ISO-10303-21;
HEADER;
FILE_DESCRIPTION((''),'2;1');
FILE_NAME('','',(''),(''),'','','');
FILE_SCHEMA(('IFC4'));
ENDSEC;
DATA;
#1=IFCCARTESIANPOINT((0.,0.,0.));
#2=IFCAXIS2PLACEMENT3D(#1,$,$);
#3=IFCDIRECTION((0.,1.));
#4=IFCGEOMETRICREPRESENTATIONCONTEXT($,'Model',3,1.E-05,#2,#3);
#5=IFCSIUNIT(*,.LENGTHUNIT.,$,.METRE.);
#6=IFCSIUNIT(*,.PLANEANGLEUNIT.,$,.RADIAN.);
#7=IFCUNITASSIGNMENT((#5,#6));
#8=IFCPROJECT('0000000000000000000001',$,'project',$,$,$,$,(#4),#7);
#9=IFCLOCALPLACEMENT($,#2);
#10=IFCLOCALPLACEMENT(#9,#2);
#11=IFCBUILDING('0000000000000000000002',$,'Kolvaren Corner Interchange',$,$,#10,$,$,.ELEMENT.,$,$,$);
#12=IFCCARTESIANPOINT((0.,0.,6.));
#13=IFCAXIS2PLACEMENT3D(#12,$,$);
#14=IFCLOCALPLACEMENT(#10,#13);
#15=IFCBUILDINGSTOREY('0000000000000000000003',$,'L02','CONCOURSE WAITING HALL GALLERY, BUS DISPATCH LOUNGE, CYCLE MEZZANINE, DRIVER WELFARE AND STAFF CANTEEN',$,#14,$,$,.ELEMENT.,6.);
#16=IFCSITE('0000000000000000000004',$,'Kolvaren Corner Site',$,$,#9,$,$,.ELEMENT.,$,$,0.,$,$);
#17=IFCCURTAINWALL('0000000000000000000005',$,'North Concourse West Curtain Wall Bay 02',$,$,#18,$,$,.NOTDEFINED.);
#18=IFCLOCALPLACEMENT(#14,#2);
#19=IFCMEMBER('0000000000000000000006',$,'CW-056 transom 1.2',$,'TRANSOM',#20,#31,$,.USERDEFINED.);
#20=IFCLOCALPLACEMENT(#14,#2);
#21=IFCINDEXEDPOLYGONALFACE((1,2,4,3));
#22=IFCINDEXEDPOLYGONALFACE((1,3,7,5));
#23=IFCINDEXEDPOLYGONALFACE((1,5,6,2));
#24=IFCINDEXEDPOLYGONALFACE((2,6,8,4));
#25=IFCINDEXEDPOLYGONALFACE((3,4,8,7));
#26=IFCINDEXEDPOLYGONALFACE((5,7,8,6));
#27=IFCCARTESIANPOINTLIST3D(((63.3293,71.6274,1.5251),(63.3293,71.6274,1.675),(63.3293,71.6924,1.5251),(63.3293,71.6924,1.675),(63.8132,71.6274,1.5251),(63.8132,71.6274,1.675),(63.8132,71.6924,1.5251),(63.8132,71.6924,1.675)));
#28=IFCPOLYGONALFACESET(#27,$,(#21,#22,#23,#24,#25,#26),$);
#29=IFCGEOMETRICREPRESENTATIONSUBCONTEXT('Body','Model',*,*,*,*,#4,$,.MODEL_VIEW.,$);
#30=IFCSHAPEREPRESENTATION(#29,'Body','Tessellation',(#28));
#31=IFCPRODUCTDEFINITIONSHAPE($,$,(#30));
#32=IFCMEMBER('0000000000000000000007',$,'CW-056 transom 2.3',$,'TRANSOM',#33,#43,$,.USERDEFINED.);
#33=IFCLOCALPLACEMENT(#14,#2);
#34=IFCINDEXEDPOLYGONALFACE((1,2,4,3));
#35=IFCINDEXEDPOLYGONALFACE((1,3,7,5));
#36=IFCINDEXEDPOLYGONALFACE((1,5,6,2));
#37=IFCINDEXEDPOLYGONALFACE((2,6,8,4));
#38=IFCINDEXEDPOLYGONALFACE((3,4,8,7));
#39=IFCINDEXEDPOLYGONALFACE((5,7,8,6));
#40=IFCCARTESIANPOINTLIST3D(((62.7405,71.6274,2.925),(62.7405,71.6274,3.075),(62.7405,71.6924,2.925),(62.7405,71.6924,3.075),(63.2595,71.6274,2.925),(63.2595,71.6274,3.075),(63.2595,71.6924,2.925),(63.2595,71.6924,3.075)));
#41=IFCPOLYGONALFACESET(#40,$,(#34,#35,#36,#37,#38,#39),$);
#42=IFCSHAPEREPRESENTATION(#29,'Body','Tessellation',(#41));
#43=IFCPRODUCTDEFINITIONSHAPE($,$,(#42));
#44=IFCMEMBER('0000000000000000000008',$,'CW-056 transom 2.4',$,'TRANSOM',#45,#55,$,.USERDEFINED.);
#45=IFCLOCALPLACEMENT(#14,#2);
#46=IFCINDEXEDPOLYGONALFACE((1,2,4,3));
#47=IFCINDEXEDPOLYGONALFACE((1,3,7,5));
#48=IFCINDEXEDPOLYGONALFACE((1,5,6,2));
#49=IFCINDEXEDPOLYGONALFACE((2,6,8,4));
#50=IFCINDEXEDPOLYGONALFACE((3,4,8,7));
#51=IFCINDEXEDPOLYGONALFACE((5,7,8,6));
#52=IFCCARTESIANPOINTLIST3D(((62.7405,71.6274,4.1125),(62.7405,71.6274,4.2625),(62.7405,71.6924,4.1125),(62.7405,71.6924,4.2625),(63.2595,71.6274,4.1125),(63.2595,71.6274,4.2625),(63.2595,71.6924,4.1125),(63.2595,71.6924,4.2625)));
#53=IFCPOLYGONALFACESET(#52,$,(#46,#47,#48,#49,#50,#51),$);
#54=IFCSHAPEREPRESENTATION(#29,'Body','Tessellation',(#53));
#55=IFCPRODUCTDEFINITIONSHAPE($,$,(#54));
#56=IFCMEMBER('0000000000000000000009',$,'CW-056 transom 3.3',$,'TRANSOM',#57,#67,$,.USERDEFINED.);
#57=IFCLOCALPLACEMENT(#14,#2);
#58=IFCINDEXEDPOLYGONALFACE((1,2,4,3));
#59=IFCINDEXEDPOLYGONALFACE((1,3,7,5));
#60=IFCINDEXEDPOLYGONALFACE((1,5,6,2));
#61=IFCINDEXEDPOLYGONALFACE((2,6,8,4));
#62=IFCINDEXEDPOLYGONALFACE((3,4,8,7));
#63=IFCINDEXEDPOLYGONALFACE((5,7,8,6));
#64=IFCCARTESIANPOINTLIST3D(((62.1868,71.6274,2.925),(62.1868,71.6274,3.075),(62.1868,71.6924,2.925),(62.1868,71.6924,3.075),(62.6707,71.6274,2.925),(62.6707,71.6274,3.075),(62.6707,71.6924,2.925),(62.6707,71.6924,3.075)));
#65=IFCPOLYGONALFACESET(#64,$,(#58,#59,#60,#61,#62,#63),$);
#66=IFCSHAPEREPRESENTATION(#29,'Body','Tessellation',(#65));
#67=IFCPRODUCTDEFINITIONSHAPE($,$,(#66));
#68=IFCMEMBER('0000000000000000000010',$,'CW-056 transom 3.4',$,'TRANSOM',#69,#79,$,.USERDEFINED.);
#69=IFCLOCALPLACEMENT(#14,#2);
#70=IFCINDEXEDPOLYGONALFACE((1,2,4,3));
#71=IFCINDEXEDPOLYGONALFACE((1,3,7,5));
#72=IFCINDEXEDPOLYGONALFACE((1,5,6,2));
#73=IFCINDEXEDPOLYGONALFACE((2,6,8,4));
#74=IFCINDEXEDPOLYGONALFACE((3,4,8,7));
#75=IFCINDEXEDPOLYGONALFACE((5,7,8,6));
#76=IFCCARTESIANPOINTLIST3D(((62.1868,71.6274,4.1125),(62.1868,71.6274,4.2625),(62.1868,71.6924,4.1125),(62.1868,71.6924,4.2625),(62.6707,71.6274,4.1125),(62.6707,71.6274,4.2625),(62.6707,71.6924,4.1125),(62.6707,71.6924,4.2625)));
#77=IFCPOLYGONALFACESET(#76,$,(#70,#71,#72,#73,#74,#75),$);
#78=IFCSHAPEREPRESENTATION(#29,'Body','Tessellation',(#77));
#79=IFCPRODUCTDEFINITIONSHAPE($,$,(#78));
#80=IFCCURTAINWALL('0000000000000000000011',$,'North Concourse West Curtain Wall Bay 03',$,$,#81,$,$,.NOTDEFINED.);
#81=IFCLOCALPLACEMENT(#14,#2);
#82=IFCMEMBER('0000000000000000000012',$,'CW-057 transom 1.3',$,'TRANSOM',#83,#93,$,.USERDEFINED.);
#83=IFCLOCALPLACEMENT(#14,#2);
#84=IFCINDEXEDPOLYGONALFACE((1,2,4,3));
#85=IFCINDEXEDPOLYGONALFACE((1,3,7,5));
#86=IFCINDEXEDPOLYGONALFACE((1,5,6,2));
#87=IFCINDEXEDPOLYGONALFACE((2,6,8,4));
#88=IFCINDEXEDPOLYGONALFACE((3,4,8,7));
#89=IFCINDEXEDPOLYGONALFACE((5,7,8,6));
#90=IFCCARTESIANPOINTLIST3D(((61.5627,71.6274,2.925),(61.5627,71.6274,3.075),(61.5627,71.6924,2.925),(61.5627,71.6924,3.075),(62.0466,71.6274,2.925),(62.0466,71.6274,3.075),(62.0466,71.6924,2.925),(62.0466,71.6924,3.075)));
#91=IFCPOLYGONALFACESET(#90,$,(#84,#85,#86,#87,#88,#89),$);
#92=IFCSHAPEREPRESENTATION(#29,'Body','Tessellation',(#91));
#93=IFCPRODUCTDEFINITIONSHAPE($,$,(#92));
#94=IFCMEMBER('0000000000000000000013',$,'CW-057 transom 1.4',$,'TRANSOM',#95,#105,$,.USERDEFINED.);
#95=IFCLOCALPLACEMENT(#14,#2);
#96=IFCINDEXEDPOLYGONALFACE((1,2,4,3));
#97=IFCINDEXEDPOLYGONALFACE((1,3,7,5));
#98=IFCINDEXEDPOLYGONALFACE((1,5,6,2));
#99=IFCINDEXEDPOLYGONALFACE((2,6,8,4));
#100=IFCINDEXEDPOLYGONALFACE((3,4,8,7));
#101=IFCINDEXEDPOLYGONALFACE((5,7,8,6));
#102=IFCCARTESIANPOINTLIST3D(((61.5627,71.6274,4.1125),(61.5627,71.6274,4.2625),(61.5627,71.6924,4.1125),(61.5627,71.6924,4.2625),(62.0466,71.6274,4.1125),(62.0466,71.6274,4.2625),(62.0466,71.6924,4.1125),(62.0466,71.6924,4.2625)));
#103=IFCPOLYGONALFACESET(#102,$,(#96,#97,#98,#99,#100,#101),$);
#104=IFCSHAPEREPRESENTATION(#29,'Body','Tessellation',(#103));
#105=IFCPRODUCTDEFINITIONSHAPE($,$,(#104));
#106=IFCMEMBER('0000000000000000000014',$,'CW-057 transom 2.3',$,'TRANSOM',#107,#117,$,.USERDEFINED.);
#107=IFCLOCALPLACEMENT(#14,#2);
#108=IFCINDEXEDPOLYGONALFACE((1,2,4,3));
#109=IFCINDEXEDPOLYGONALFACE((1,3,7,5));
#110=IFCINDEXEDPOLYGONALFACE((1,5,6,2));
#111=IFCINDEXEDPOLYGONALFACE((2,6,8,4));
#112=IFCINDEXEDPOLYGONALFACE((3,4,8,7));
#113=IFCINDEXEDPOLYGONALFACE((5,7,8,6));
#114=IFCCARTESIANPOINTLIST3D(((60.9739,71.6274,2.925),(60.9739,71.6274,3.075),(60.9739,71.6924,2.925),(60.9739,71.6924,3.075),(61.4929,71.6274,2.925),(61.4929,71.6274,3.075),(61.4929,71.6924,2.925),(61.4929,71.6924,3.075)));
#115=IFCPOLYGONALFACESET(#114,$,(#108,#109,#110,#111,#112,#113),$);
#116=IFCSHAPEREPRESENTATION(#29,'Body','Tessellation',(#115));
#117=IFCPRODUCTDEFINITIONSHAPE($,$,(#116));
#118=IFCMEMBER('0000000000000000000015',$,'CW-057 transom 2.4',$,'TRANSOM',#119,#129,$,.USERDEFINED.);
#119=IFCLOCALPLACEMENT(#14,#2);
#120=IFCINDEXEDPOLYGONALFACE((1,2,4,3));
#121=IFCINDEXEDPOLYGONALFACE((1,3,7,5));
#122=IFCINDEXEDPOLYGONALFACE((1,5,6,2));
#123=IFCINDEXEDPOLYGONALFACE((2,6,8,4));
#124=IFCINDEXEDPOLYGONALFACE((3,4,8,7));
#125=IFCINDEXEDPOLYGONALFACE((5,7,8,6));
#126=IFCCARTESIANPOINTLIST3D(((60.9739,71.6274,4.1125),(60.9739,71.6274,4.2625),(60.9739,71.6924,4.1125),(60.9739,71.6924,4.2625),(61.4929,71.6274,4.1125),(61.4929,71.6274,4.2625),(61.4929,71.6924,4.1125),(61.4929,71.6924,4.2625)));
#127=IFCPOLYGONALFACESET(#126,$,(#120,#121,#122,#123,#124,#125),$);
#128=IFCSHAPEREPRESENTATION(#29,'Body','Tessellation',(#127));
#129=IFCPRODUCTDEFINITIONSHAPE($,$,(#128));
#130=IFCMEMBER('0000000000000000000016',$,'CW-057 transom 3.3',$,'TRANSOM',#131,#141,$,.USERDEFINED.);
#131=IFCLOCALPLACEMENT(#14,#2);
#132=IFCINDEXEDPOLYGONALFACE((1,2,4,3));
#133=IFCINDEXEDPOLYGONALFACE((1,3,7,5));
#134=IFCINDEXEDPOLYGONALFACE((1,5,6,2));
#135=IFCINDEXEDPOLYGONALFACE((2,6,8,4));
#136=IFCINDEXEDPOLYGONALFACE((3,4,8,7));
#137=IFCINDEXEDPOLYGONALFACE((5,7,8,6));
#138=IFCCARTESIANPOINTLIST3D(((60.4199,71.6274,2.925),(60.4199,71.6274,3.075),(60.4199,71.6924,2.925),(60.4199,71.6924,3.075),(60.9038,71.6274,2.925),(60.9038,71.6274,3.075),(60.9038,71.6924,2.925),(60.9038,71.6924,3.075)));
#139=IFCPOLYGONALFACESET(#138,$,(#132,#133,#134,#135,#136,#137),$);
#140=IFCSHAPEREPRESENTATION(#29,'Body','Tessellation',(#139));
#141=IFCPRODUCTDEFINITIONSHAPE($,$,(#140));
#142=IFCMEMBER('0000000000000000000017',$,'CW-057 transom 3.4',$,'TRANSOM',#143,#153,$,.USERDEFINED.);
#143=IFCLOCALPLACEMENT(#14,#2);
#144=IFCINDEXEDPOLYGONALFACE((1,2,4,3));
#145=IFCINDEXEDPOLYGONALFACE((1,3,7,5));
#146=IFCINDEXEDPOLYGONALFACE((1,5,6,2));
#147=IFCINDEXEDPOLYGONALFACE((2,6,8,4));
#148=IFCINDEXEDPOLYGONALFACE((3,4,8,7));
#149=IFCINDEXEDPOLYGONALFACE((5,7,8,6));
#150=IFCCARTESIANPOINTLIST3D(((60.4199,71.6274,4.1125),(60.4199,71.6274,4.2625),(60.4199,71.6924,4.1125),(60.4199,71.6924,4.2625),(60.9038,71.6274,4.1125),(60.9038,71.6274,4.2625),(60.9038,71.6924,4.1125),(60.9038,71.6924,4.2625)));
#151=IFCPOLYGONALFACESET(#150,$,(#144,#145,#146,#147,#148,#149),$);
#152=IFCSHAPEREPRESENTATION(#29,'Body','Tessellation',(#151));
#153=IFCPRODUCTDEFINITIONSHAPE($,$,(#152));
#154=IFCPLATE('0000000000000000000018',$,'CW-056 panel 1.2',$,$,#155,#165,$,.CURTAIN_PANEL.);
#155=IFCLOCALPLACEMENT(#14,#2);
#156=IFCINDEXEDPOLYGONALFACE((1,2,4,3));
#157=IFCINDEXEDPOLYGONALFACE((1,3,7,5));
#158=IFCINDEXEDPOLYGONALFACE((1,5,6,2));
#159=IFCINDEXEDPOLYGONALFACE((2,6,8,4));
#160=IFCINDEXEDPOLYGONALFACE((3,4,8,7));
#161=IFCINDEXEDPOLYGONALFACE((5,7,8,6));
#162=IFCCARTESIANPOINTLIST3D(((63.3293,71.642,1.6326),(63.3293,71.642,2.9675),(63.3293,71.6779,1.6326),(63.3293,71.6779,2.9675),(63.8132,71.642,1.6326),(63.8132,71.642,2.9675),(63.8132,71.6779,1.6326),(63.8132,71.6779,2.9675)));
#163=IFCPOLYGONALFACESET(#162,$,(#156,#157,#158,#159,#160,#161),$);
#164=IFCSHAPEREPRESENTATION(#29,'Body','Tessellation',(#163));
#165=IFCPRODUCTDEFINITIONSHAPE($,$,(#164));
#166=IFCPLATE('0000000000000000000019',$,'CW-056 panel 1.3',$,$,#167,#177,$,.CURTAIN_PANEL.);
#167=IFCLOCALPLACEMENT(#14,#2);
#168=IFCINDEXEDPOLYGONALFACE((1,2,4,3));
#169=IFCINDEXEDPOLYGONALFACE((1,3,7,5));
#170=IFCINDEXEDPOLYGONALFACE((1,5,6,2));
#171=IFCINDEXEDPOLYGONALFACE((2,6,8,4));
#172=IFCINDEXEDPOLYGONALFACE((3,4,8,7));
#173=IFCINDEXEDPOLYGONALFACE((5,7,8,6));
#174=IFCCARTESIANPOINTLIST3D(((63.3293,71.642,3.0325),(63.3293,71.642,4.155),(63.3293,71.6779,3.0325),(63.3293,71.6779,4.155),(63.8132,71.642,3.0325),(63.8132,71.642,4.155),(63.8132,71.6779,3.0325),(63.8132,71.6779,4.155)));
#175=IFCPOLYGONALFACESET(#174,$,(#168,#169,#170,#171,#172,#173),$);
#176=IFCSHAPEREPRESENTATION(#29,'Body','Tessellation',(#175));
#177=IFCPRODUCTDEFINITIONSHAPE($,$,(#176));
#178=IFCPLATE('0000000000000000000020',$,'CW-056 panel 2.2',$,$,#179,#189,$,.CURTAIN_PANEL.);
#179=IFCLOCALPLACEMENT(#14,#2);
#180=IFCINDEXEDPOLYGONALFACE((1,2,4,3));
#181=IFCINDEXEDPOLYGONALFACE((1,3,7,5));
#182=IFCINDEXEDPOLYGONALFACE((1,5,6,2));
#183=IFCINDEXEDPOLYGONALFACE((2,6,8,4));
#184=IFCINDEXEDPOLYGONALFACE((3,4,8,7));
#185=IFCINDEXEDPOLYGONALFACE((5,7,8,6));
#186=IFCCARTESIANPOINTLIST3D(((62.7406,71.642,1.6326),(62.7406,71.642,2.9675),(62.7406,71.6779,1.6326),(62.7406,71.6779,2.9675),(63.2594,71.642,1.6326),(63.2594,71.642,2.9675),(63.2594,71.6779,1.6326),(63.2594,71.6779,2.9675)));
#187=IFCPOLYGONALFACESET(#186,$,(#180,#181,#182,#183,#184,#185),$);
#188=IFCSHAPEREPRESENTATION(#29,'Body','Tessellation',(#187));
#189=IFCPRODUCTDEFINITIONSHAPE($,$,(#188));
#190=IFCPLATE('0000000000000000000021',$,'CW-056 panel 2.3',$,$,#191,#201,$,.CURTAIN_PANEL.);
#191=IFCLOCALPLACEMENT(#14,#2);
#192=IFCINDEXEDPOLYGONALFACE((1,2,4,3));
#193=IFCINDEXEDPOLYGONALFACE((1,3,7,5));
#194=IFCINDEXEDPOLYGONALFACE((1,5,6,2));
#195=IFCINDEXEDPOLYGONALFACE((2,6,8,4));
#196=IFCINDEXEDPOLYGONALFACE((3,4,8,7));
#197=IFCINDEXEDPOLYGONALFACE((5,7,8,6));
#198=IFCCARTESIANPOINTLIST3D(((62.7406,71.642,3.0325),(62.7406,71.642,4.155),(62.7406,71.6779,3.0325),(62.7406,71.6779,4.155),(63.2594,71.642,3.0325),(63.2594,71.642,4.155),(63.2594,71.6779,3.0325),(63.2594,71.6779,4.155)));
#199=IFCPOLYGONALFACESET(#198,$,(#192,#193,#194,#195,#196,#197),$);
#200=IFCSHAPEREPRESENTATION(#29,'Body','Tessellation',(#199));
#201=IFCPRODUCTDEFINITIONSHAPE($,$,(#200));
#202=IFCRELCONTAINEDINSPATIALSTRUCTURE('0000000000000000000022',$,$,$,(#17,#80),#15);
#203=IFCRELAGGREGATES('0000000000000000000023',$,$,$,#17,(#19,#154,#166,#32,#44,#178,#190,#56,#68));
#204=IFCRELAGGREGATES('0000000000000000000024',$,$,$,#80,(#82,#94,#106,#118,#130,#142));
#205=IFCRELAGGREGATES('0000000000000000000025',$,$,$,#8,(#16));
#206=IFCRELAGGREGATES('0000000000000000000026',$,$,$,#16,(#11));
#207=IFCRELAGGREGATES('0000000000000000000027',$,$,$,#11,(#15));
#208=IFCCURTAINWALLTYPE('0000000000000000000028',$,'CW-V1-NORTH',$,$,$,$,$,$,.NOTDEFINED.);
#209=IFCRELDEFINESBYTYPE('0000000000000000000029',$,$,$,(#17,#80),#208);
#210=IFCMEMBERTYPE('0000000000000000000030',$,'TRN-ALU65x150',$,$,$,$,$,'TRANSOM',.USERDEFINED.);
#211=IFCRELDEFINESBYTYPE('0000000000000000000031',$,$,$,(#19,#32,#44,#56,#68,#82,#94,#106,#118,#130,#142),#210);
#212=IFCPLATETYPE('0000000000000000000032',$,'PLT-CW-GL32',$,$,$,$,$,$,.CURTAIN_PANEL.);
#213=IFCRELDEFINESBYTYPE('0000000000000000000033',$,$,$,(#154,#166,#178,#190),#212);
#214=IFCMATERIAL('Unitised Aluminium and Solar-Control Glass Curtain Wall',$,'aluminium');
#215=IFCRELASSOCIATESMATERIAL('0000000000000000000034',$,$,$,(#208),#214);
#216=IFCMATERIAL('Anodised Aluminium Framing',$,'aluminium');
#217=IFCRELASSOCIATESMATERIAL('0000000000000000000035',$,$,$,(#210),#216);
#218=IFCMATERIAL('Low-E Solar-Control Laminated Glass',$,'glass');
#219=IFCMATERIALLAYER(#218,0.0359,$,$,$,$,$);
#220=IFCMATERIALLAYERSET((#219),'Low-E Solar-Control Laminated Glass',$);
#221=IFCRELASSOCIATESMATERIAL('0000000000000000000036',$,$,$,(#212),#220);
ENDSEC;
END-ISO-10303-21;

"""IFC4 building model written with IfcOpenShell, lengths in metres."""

from ifc_helpers import new_model, si_unit, direction, frame, origin, origin_2d, place, context, subcontext, project, spatial, rectangle, extrude, material, layer, layer_set, material_profile, profile_set, type_object, element, aggregate, save


model = new_model("IFC4")

# Units and contexts
model_context = context("Model", 3, precision=1e-05, world=origin(), true_north=direction((0.0, 1.0)))
body_context = subcontext(model_context, "Body", "Model", "MODEL_VIEW")
ifc_project = project(units=[si_unit("LENGTHUNIT", "METRE"), si_unit("PLANEANGLEUNIT", "RADIAN")], contexts=[model_context])

# Site, building, storey
site_placement = place(None, origin())
site = spatial("IfcSite", under=ifc_project, at=site_placement, Name="Kolvaren Corner Site", CompositionType="ELEMENT", RefElevation=0.0)
building_placement = place(site_placement, origin())
building = spatial("IfcBuilding", under=site, at=building_placement, Name="Kolvaren Corner Interchange", CompositionType="ELEMENT")
storey_placement = place(building_placement, frame((0.0, 0.0, 6.0)))
storey = spatial("IfcBuildingStorey", under=building, at=storey_placement, Name="L02", Description="CONCOURSE WAITING HALL GALLERY, BUS DISPATCH LOUNGE, CYCLE MEZZANINE, DRIVER WELFARE AND STAFF CANTEEN", CompositionType="ELEMENT", Elevation=6.0)

# Curtain walls, members
ifc_material_1 = material(Name="Unitised Aluminium and Solar-Control Glass Curtain Wall", Category="aluminium")
curtain_wall_type = type_object("IfcCurtainWallType", Name="CW-V1-NORTH", PredefinedType="NOTDEFINED", material=ifc_material_1)
curtain_wall_1_placement = place(storey_placement, origin())
curtain_wall_1 = element("IfcCurtainWall", 1, at=curtain_wall_1_placement, inside=storey, type_object=curtain_wall_type, Name="North Concourse West Curtain Wall Bay 02", PredefinedType="NOTDEFINED")
ifc_material_2 = material(Name="Anodised Aluminium Framing", Category="aluminium")
ifc_material_profile = material_profile(ifc_material_2, rectangle(XDim=0.0649, YDim=0.1499, at=origin_2d()), Name="ALU 65x150")
ifc_profile_set = profile_set([ifc_material_profile], Name="Anodised Aluminium Framing")
member_type = type_object("IfcMemberType", Name="TRN-ALU65x150", ElementType="TRANSOM", PredefinedType="USERDEFINED", material=ifc_profile_set)
member_1_placement = place(storey_placement, frame((63.8132, 71.6599, 1.6001), z_axis=(-1.0, 0.0, 0.0), x_axis=(0.0, -1.0, 0.0)))
member_1 = element("IfcMember", 2, at=member_1_placement, type_object=member_type, Name="CW-056 transom 1.2", ObjectType="TRANSOM", PredefinedType="USERDEFINED", context=body_context, shape_type="SweptSolid", body=[
    extrude(rectangle(XDim=0.0649, YDim=0.1499, at=origin_2d()), origin(), (0.0, 0.0, 1.0), 0.4839),
])
member_2_placement = place(storey_placement, frame((63.2595, 71.6599, 3.0), z_axis=(-1.0, 0.0, 0.0), x_axis=(0.0, -1.0, 0.0)))
member_2 = element("IfcMember", 3, at=member_2_placement, type_object=member_type, Name="CW-056 transom 2.3", ObjectType="TRANSOM", PredefinedType="USERDEFINED", context=body_context, shape_type="SweptSolid", body=[
    extrude(rectangle(XDim=0.0649, YDim=0.1499, at=origin_2d()), origin(), (0.0, 0.0, 1.0), 0.519),
])
member_3_placement = place(storey_placement, frame((63.2595, 71.6599, 4.1875), z_axis=(-1.0, 0.0, 0.0), x_axis=(0.0, -1.0, 0.0)))
member_3 = element("IfcMember", 4, at=member_3_placement, type_object=member_type, Name="CW-056 transom 2.4", ObjectType="TRANSOM", PredefinedType="USERDEFINED", context=body_context, shape_type="SweptSolid", body=[
    extrude(rectangle(XDim=0.0649, YDim=0.1499, at=origin_2d()), origin(), (0.0, 0.0, 1.0), 0.519),
])
member_4_placement = place(storey_placement, frame((62.6707, 71.6599, 3.0), z_axis=(-1.0, 0.0, 0.0), x_axis=(0.0, -1.0, 0.0)))
member_4 = element("IfcMember", 5, at=member_4_placement, type_object=member_type, Name="CW-056 transom 3.3", ObjectType="TRANSOM", PredefinedType="USERDEFINED", context=body_context, shape_type="SweptSolid", body=[
    extrude(rectangle(XDim=0.0649, YDim=0.1499, at=origin_2d()), origin(), (0.0, 0.0, 1.0), 0.4839),
])
member_5_placement = place(storey_placement, frame((62.6707, 71.6599, 4.1875), z_axis=(-1.0, 0.0, 0.0), x_axis=(0.0, -1.0, 0.0)))
member_5 = element("IfcMember", 6, at=member_5_placement, type_object=member_type, Name="CW-056 transom 3.4", ObjectType="TRANSOM", PredefinedType="USERDEFINED", context=body_context, shape_type="SweptSolid", body=[
    extrude(rectangle(XDim=0.0649, YDim=0.1499, at=origin_2d()), origin(), (0.0, 0.0, 1.0), 0.4839),
])
curtain_wall_2_placement = place(storey_placement, origin())
curtain_wall_2 = element("IfcCurtainWall", 7, at=curtain_wall_2_placement, inside=storey, type_object=curtain_wall_type, Name="North Concourse West Curtain Wall Bay 03", PredefinedType="NOTDEFINED")
member_6_placement = place(storey_placement, frame((62.0466, 71.6599, 3.0), z_axis=(-1.0, 0.0, 0.0), x_axis=(0.0, -1.0, 0.0)))
member_6 = element("IfcMember", 8, at=member_6_placement, type_object=member_type, Name="CW-057 transom 1.3", ObjectType="TRANSOM", PredefinedType="USERDEFINED", context=body_context, shape_type="SweptSolid", body=[
    extrude(rectangle(XDim=0.0649, YDim=0.1499, at=origin_2d()), origin(), (0.0, 0.0, 1.0), 0.4839),
])
member_7_placement = place(storey_placement, frame((62.0466, 71.6599, 4.1875), z_axis=(-1.0, 0.0, 0.0), x_axis=(0.0, -1.0, 0.0)))
member_7 = element("IfcMember", 9, at=member_7_placement, type_object=member_type, Name="CW-057 transom 1.4", ObjectType="TRANSOM", PredefinedType="USERDEFINED", context=body_context, shape_type="SweptSolid", body=[
    extrude(rectangle(XDim=0.0649, YDim=0.1499, at=origin_2d()), origin(), (0.0, 0.0, 1.0), 0.4839),
])
member_8_placement = place(storey_placement, frame((61.4929, 71.6599, 3.0), z_axis=(-1.0, 0.0, 0.0), x_axis=(0.0, -1.0, 0.0)))
member_8 = element("IfcMember", 10, at=member_8_placement, type_object=member_type, Name="CW-057 transom 2.3", ObjectType="TRANSOM", PredefinedType="USERDEFINED", context=body_context, shape_type="SweptSolid", body=[
    extrude(rectangle(XDim=0.0649, YDim=0.1499, at=origin_2d()), origin(), (0.0, 0.0, 1.0), 0.519),
])
member_9_placement = place(storey_placement, frame((61.4929, 71.6599, 4.1875), z_axis=(-1.0, 0.0, 0.0), x_axis=(0.0, -1.0, 0.0)))
member_9 = element("IfcMember", 11, at=member_9_placement, type_object=member_type, Name="CW-057 transom 2.4", ObjectType="TRANSOM", PredefinedType="USERDEFINED", context=body_context, shape_type="SweptSolid", body=[
    extrude(rectangle(XDim=0.0649, YDim=0.1499, at=origin_2d()), origin(), (0.0, 0.0, 1.0), 0.519),
])
member_10_placement = place(storey_placement, frame((60.9038, 71.6599, 3.0), z_axis=(-1.0, 0.0, 0.0), x_axis=(0.0, -1.0, 0.0)))
member_10 = element("IfcMember", 12, at=member_10_placement, type_object=member_type, Name="CW-057 transom 3.3", ObjectType="TRANSOM", PredefinedType="USERDEFINED", context=body_context, shape_type="SweptSolid", body=[
    extrude(rectangle(XDim=0.0649, YDim=0.1499, at=origin_2d()), origin(), (0.0, 0.0, 1.0), 0.4839),
])
member_11_placement = place(storey_placement, frame((60.9038, 71.6599, 4.1875), z_axis=(-1.0, 0.0, 0.0), x_axis=(0.0, -1.0, 0.0)))
member_11 = element("IfcMember", 13, at=member_11_placement, type_object=member_type, Name="CW-057 transom 3.4", ObjectType="TRANSOM", PredefinedType="USERDEFINED", context=body_context, shape_type="SweptSolid", body=[
    extrude(rectangle(XDim=0.0649, YDim=0.1499, at=origin_2d()), origin(), (0.0, 0.0, 1.0), 0.4839),
])

# Plates
ifc_material_3 = material(Name="Low-E Solar-Control Laminated Glass", Category="glass")
ifc_layer = layer(ifc_material_3, 0.0359)
ifc_layer_set = layer_set([ifc_layer], Name="Low-E Solar-Control Laminated Glass")
plate_type = type_object("IfcPlateType", Name="PLT-CW-GL32", PredefinedType="CURTAIN_PANEL", material=ifc_layer_set)
plate_1_placement = place(storey_placement, frame((63.5713, 71.6599, 1.6326), z_axis=(0.0, 0.0, 1.0), x_axis=(-1.0, 0.0, 0.0)))
plate_1 = element("IfcPlate", 14, at=plate_1_placement, type_object=plate_type, Name="CW-056 panel 1.2", PredefinedType="CURTAIN_PANEL", context=body_context, shape_type="SweptSolid", body=[
    extrude(rectangle(XDim=0.4839, YDim=0.0359, at=origin_2d()), origin(), (0.0, 0.0, 1.0), 1.335),
])
plate_2_placement = place(storey_placement, frame((63.5713, 71.6599, 3.0325), z_axis=(0.0, 0.0, 1.0), x_axis=(-1.0, 0.0, 0.0)))
plate_2 = element("IfcPlate", 15, at=plate_2_placement, type_object=plate_type, Name="CW-056 panel 1.3", PredefinedType="CURTAIN_PANEL", context=body_context, shape_type="SweptSolid", body=[
    extrude(rectangle(XDim=0.4839, YDim=0.0359, at=origin_2d()), origin(), (0.0, 0.0, 1.0), 1.1226),
])
plate_3_placement = place(storey_placement, frame((63.0, 71.6599, 1.6326), z_axis=(0.0, 0.0, 1.0), x_axis=(-1.0, 0.0, 0.0)))
plate_3 = element("IfcPlate", 16, at=plate_3_placement, type_object=plate_type, Name="CW-056 panel 2.2", PredefinedType="CURTAIN_PANEL", context=body_context, shape_type="SweptSolid", body=[
    extrude(rectangle(XDim=0.5188, YDim=0.0359, at=origin_2d()), origin(), (0.0, 0.0, 1.0), 1.335),
])
plate_4_placement = place(storey_placement, frame((63.0, 71.6599, 3.0325), z_axis=(0.0, 0.0, 1.0), x_axis=(-1.0, 0.0, 0.0)))
plate_4 = element("IfcPlate", 17, at=plate_4_placement, type_object=plate_type, Name="CW-056 panel 2.3", PredefinedType="CURTAIN_PANEL", context=body_context, shape_type="SweptSolid", body=[
    extrude(rectangle(XDim=0.5188, YDim=0.0359, at=origin_2d()), origin(), (0.0, 0.0, 1.0), 1.1226),
])
aggregate(curtain_wall_1, [member_1, plate_1, plate_2, member_2, member_3, plate_3, plate_4, member_4, member_5])
aggregate(curtain_wall_2, [member_6, member_7, member_8, member_9, member_10, member_11])

save(model, "model.ifc")
